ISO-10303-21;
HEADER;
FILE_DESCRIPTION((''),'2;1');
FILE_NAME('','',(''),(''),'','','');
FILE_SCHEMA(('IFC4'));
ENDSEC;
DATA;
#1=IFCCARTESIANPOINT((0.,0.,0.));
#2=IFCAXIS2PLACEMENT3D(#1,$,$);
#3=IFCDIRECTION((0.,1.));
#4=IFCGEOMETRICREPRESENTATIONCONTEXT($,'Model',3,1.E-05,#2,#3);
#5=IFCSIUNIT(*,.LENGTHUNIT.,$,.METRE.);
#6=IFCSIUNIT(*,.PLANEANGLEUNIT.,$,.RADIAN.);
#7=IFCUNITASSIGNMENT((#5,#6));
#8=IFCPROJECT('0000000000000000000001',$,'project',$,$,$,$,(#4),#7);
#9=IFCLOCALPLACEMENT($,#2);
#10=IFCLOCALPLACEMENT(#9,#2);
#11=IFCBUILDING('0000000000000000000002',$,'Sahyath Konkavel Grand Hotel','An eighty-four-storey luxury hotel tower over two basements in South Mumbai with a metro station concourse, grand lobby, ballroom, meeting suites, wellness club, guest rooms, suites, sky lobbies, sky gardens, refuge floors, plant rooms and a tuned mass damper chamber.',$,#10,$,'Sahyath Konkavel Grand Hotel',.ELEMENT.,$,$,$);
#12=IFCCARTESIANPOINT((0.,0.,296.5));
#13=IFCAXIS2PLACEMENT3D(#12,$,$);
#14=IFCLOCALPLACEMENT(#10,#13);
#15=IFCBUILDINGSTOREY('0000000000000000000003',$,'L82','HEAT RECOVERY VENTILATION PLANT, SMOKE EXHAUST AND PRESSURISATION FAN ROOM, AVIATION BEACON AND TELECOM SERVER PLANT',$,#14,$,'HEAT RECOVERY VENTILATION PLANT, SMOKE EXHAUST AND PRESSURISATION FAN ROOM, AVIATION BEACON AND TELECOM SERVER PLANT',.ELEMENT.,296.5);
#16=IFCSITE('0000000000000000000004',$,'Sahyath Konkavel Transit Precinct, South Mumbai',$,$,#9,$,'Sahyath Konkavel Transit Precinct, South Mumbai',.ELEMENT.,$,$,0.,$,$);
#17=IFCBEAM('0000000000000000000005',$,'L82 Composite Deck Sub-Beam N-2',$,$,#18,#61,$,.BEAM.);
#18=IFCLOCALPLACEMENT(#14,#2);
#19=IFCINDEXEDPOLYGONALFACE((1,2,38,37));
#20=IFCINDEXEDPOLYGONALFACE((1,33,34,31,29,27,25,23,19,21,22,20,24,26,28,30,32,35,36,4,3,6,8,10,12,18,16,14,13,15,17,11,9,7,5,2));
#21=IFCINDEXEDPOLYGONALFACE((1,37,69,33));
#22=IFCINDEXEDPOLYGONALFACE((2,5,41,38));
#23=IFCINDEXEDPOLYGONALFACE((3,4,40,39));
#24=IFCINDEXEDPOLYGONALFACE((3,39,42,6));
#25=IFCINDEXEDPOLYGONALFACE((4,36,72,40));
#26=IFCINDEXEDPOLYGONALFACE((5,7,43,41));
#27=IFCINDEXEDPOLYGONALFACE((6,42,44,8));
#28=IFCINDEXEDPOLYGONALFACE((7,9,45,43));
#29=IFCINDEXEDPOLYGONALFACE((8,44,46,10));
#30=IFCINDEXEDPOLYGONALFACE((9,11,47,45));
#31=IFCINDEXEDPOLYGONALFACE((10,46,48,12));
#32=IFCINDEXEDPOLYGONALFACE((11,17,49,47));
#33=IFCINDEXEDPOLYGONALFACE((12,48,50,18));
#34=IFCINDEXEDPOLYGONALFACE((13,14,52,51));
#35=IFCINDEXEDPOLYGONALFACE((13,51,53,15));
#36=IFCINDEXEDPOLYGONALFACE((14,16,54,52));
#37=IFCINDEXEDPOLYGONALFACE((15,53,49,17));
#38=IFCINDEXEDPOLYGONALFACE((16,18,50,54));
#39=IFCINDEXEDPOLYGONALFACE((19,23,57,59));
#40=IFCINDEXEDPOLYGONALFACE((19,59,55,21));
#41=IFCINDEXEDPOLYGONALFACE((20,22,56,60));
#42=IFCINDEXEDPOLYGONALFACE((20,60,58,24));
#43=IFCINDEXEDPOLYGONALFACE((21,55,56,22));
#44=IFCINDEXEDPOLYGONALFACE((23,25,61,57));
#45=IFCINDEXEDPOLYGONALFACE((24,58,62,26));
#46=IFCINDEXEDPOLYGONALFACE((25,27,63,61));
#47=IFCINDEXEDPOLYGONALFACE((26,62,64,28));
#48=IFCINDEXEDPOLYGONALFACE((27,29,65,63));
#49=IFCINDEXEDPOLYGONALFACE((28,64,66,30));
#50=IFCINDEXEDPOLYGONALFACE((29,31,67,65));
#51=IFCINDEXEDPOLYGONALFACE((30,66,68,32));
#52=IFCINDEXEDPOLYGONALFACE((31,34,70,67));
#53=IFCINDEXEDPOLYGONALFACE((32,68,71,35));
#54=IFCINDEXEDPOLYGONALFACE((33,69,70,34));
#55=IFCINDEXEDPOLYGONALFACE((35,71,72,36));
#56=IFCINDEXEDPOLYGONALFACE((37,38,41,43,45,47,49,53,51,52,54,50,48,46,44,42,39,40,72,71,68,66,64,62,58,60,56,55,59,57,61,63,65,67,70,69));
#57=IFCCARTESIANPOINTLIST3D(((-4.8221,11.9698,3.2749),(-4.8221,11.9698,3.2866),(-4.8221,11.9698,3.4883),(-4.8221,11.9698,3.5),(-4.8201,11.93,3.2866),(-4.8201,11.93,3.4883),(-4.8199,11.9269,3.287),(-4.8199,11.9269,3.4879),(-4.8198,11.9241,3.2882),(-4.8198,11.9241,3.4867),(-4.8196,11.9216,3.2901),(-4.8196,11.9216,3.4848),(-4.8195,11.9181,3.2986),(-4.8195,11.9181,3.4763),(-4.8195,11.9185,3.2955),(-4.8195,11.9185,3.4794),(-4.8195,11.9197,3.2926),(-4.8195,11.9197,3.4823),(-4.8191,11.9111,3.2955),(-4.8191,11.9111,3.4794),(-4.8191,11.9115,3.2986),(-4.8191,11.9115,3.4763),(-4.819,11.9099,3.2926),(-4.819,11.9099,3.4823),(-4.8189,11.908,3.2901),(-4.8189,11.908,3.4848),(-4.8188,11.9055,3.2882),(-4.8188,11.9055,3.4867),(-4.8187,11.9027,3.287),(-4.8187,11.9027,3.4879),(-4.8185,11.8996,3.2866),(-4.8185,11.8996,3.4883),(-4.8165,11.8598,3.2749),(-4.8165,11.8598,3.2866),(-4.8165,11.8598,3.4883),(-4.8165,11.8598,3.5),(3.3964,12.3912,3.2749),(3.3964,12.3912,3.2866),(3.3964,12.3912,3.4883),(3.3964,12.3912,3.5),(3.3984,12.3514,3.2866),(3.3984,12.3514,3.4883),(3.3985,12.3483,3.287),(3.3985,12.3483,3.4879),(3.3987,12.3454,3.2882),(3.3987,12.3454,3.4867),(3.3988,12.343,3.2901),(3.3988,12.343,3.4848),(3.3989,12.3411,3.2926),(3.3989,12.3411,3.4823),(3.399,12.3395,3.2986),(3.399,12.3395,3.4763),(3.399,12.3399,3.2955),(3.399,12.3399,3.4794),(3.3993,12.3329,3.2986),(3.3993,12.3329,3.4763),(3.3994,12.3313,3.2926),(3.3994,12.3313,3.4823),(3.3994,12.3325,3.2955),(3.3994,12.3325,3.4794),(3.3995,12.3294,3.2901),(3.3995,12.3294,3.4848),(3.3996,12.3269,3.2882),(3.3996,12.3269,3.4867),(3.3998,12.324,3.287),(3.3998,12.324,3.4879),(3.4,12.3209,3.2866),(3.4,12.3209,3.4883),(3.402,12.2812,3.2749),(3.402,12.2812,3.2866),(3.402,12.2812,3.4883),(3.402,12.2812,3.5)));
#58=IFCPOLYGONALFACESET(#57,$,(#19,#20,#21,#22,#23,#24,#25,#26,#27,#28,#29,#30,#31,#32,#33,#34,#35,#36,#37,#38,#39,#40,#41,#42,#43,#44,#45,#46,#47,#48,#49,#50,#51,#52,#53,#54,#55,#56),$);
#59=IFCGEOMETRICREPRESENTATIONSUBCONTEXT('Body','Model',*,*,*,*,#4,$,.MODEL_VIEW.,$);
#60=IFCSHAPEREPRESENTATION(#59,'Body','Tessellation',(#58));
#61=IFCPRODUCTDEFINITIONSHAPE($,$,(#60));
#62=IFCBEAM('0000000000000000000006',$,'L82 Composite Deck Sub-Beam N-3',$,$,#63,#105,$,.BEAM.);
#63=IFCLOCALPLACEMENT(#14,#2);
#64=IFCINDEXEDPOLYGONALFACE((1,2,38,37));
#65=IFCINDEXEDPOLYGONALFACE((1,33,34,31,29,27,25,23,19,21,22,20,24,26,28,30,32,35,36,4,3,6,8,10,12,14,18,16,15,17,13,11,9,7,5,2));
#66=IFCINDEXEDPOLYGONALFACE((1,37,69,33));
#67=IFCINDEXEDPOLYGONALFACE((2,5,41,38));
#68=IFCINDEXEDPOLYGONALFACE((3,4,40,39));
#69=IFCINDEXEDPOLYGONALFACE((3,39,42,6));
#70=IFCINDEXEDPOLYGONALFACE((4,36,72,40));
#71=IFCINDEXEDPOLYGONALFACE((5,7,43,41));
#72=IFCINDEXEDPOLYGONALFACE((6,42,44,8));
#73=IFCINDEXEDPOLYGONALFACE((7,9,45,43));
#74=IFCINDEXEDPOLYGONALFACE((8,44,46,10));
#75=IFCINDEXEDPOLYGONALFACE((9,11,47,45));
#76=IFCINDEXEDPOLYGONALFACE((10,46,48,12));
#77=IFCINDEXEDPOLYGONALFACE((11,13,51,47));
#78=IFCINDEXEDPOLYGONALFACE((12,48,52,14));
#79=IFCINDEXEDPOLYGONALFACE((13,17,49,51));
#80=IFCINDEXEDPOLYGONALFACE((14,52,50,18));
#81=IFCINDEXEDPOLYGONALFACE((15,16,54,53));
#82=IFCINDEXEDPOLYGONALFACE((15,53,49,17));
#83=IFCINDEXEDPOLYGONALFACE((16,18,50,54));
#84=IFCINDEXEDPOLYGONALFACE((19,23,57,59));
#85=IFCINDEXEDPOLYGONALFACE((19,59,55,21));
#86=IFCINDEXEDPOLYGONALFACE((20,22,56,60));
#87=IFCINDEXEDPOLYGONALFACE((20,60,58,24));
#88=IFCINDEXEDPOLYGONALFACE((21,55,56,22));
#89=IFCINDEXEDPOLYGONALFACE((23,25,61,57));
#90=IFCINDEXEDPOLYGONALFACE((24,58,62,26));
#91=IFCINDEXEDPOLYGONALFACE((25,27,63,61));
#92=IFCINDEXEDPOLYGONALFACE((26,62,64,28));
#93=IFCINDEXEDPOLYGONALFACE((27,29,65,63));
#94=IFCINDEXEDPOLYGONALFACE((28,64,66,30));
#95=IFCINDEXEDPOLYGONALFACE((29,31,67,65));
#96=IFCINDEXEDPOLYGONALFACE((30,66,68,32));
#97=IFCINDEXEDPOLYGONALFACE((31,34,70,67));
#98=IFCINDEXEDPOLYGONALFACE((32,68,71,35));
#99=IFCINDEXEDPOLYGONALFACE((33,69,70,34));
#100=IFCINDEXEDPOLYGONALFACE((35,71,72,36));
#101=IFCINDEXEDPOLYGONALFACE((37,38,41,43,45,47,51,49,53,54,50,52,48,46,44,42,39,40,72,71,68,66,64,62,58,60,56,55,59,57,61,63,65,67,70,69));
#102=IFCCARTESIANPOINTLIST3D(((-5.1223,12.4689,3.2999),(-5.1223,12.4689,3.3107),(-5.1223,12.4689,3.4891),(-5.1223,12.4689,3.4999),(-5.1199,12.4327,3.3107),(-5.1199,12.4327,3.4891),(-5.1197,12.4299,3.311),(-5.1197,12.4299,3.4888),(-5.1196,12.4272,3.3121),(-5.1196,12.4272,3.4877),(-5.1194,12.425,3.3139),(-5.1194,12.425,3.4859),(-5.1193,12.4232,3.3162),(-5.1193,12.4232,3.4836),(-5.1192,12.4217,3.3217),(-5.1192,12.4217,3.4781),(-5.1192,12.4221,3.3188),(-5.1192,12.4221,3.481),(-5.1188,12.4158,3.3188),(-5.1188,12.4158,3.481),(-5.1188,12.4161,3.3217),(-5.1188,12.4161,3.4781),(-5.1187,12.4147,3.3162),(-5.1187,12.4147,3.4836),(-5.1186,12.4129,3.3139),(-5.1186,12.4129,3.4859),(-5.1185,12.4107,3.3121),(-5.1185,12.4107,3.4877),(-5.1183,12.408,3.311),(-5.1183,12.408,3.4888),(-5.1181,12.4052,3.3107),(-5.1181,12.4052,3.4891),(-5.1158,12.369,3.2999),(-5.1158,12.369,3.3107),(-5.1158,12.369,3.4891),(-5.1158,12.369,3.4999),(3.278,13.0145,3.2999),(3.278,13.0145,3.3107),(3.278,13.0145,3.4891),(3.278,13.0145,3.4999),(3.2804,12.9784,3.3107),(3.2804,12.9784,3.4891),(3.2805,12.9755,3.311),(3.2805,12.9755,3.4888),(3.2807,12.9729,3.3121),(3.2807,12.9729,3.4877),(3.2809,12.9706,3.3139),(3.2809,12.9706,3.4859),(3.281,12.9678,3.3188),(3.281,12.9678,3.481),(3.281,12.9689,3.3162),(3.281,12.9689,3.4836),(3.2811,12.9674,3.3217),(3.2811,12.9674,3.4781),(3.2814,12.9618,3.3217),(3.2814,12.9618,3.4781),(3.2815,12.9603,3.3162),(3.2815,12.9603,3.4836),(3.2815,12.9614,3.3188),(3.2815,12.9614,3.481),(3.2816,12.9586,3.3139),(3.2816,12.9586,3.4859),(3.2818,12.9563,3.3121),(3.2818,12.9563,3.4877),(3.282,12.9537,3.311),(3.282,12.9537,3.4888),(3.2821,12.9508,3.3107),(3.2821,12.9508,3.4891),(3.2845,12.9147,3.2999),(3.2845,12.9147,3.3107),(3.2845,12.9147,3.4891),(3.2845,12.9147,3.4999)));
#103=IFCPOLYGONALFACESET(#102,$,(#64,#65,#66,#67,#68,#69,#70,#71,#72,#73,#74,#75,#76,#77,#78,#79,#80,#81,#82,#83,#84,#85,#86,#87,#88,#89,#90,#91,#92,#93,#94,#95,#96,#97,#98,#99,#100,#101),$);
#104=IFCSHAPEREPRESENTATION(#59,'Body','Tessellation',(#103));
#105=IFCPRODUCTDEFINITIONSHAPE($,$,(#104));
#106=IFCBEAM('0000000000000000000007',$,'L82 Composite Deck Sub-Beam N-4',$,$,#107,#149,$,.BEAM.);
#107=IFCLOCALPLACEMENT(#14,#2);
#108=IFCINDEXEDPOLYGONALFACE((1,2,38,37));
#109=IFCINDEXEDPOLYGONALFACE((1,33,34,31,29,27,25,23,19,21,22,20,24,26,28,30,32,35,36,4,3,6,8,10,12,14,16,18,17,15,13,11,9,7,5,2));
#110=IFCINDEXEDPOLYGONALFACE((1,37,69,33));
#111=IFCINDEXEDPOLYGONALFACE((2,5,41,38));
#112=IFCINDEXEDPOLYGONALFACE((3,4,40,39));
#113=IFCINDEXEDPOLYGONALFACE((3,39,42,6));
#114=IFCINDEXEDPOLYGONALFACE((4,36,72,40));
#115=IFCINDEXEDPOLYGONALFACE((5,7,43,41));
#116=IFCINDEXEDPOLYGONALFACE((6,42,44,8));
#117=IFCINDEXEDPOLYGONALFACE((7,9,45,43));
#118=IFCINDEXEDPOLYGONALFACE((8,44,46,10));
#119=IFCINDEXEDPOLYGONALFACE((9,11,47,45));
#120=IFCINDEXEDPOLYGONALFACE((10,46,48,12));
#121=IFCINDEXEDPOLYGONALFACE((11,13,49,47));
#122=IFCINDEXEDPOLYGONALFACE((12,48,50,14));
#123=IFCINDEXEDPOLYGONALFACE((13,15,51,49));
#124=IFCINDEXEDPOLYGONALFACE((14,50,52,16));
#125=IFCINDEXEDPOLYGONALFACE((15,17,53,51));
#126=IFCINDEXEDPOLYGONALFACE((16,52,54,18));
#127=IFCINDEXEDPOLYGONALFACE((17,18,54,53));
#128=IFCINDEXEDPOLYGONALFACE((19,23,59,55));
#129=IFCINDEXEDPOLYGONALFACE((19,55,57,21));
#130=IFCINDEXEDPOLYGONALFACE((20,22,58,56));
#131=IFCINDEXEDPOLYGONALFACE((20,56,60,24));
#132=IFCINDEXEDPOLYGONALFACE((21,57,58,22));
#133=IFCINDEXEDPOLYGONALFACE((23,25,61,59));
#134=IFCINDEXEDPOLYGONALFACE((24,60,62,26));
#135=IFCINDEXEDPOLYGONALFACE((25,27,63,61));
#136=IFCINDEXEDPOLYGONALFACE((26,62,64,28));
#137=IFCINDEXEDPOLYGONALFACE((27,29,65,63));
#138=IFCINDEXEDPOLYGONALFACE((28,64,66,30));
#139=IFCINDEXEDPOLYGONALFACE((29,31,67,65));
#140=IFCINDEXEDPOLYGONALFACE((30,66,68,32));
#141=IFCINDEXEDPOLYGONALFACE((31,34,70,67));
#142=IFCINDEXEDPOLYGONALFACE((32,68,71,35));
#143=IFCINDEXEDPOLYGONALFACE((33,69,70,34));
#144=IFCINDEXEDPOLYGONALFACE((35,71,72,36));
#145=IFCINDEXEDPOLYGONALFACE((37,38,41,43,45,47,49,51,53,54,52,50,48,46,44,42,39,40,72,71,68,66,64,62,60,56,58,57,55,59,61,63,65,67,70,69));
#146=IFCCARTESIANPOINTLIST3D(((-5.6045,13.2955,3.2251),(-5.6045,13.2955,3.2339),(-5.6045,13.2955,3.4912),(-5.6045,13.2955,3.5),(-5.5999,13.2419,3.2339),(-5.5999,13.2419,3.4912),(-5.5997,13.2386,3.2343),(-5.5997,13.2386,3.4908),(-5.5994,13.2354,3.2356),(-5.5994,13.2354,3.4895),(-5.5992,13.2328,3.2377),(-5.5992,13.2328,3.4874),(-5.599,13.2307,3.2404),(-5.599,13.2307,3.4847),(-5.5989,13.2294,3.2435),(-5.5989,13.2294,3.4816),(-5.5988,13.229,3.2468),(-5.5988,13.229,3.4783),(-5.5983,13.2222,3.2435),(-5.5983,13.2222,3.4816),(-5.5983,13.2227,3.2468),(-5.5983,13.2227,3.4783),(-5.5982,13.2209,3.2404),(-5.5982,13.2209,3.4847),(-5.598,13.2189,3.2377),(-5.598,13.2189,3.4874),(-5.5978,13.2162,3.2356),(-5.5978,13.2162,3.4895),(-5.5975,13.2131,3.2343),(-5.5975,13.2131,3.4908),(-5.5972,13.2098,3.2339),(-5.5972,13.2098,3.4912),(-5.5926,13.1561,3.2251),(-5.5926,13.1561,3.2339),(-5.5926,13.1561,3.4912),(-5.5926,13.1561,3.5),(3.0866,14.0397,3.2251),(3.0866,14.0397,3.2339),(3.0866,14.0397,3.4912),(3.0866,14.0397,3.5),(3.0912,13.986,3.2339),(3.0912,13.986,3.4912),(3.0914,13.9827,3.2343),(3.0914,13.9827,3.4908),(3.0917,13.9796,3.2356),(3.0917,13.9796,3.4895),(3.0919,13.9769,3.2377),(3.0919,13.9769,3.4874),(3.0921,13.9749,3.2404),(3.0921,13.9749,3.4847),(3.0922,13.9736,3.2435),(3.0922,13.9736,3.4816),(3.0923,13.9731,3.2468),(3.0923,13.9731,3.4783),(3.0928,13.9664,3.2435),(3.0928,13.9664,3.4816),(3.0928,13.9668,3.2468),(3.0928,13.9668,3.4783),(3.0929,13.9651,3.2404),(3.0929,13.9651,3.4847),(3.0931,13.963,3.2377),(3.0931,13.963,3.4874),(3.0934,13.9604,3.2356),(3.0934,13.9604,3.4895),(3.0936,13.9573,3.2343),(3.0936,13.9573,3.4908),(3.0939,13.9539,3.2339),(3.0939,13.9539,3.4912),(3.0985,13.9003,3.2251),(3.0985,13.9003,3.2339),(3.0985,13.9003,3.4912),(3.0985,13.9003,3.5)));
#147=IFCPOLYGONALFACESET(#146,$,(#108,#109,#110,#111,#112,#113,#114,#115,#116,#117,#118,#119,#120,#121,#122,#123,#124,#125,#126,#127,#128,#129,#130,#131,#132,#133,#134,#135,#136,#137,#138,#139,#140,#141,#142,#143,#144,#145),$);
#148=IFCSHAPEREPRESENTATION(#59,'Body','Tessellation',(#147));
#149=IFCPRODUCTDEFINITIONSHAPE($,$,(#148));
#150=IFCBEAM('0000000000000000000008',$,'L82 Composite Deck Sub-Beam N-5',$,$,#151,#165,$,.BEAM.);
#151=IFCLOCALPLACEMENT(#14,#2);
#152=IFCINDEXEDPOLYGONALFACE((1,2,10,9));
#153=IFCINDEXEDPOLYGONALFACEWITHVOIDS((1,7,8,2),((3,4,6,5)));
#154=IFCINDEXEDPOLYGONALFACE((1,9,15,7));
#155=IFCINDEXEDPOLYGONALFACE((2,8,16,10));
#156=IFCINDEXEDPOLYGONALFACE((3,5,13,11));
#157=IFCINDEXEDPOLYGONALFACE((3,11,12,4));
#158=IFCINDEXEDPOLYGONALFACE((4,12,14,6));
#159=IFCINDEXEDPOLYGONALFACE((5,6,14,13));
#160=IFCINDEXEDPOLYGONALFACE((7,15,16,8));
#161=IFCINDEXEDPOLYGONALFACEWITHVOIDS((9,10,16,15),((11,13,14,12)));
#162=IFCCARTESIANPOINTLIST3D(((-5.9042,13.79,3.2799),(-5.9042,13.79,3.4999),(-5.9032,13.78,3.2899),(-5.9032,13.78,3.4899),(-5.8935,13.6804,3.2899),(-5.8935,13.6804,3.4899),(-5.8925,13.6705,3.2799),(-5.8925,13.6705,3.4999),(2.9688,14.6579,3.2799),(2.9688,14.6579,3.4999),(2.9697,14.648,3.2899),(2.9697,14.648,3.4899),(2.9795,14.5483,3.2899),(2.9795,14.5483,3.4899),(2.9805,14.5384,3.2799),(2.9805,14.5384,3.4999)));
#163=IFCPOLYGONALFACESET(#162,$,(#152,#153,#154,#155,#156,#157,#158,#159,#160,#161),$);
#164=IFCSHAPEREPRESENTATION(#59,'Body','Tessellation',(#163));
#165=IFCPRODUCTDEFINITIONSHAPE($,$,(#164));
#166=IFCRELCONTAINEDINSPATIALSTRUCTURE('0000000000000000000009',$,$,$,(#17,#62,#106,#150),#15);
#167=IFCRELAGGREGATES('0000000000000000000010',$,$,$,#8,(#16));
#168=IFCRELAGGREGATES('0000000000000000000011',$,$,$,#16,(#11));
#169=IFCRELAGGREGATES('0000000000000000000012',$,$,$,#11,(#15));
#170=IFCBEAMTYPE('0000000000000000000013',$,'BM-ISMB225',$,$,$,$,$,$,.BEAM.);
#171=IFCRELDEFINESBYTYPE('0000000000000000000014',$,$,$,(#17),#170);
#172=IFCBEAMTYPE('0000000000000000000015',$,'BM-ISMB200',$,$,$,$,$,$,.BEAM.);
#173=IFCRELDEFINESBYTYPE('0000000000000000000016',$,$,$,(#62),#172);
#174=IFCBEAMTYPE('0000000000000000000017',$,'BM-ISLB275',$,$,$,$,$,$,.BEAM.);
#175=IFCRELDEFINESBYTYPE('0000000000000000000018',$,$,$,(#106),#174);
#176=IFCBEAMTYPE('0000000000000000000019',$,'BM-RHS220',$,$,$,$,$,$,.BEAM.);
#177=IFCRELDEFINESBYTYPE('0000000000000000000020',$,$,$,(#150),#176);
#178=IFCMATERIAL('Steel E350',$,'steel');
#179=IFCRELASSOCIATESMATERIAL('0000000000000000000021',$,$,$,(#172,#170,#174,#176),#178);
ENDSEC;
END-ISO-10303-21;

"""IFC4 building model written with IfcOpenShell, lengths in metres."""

from ifc_helpers import new_model, si_unit, direction, frame, origin, origin_2d, place, context, subcontext, project, spatial, hollow_rectangle, i_section, extrude, source, transform, mapped, material, material_profile, profile_set, type_object, element, save


model = new_model("IFC4")

# Units and contexts
model_context = context("Model", 3, precision=1e-05, world=origin(), true_north=direction((0.0, 1.0)))
body_context = subcontext(model_context, "Body", "Model", "MODEL_VIEW")
ifc_project = project(units=[si_unit("LENGTHUNIT", "METRE"), si_unit("PLANEANGLEUNIT", "RADIAN")], contexts=[model_context])

# Site, building, storey
site_placement = place(None, origin())
site = spatial("IfcSite", under=ifc_project, at=site_placement, Name="Sahyath Konkavel Transit Precinct, South Mumbai", LongName="Sahyath Konkavel Transit Precinct, South Mumbai", CompositionType="ELEMENT", RefElevation=0.0)
building_placement = place(site_placement, origin())
building = spatial("IfcBuilding", under=site, at=building_placement, Name="Sahyath Konkavel Grand Hotel", Description="An eighty-four-storey luxury hotel tower over two basements in South Mumbai with a metro station concourse, grand lobby, ballroom, meeting suites, wellness club, guest rooms, suites, sky lobbies, sky gardens, refuge floors, plant rooms and a tuned mass damper chamber.", LongName="Sahyath Konkavel Grand Hotel", CompositionType="ELEMENT")
storey_placement = place(building_placement, frame((0.0, 0.0, 296.5)))
storey = spatial("IfcBuildingStorey", under=building, at=storey_placement, Name="L82", Description="HEAT RECOVERY VENTILATION PLANT, SMOKE EXHAUST AND PRESSURISATION FAN ROOM, AVIATION BEACON AND TELECOM SERVER PLANT", LongName="HEAT RECOVERY VENTILATION PLANT, SMOKE EXHAUST AND PRESSURISATION FAN ROOM, AVIATION BEACON AND TELECOM SERVER PLANT", CompositionType="ELEMENT", Elevation=296.5)

# Beams
ifc_material_1 = material(Name="Steel E350", Category="steel")
ifc_material_profile_1 = material_profile(ifc_material_1, i_section(OverallWidth=0.1001, OverallDepth=0.2, WebThickness=0.0056, FlangeThickness=0.0107, FilletRadius=0.011, at=origin_2d()), Name="ISMB 200")
ifc_profile_set_1 = profile_set([ifc_material_profile_1], Name="Steel E350")
beam_type_1 = type_object("IfcBeamType", Name="BM-ISMB200", PredefinedType="BEAM", material=ifc_profile_set_1)
ifc_material_profile_2 = material_profile(ifc_material_1, i_section(OverallWidth=0.1101, OverallDepth=0.2251, WebThickness=0.0066, FlangeThickness=0.0117, FilletRadius=0.012, at=origin_2d()), Name="ISMB 225")
ifc_profile_set_2 = profile_set([ifc_material_profile_2], Name="Steel E350")
beam_type_2 = type_object("IfcBeamType", Name="BM-ISMB225", PredefinedType="BEAM", material=ifc_profile_set_2)
shared_shape_1 = source(origin(), body_context, "Body", "SweptSolid", [
    extrude(i_section(OverallWidth=0.1101, OverallDepth=0.2251, WebThickness=0.0066, FlangeThickness=0.0117, FilletRadius=0.012, at=origin_2d()), origin(), (0.0, 0.0, 1.0), 8.2292),
])
beam_1_placement = place(storey_placement, frame((3.3992, 12.3362, 3.3875), z_axis=(-0.998688, -0.051206, 0.0), x_axis=(0.051206, -0.998688, 0.0)))
element("IfcBeam", 1, at=beam_1_placement, inside=storey, type_object=beam_type_2, Name="L82 Composite Deck Sub-Beam N-2", PredefinedType="BEAM", context=body_context, shape_type="MappedRepresentation", body=[
    mapped(shared_shape_1, transform((0.0, 0.0, 0.0), scale=1.0)),
])
shared_shape_2 = source(origin(), body_context, "Body", "SweptSolid", [
    extrude(i_section(OverallWidth=0.1001, OverallDepth=0.2, WebThickness=0.0056, FlangeThickness=0.0107, FilletRadius=0.011, at=origin_2d()), origin(), (0.0, 0.0, 1.0), 8.418),
])
beam_2_placement = place(storey_placement, frame((3.2812, 12.9646, 3.3999), z_axis=(-0.997897, -0.064821, 0.0), x_axis=(0.064821, -0.997897, 0.0)))
element("IfcBeam", 2, at=beam_2_placement, inside=storey, type_object=beam_type_1, Name="L82 Composite Deck Sub-Beam N-3", PredefinedType="BEAM", context=body_context, shape_type="MappedRepresentation", body=[
    mapped(shared_shape_2, transform((0.0, 0.0, 0.0), scale=1.0)),
])
ifc_material_profile_3 = material_profile(ifc_material_1, i_section(OverallWidth=0.1399, OverallDepth=0.2749, WebThickness=0.0063, FlangeThickness=0.0088, FilletRadius=0.0129, at=origin_2d()), Name="ISLB 275")
ifc_profile_set_3 = profile_set([ifc_material_profile_3], Name="Steel E350")
beam_type_3 = type_object("IfcBeamType", Name="BM-ISLB275", PredefinedType="BEAM", material=ifc_profile_set_3)
shared_shape_3 = source(origin(), body_context, "Body", "SweptSolid", [
    extrude(i_section(OverallWidth=0.1399, OverallDepth=0.2749, WebThickness=0.0063, FlangeThickness=0.0088, FilletRadius=0.0129, at=origin_2d()), origin(), (0.0, 0.0, 1.0), 8.7229),
])
beam_3_placement = place(storey_placement, frame((3.0925, 13.97, 3.3625), z_axis=(-0.996355, -0.085308, 0.0), x_axis=(0.085308, -0.996355, 0.0)))
element("IfcBeam", 3, at=beam_3_placement, inside=storey, type_object=beam_type_3, Name="L82 Composite Deck Sub-Beam N-4", PredefinedType="BEAM", context=body_context, shape_type="MappedRepresentation", body=[
    mapped(shared_shape_3, transform((0.0, 0.0, 0.0), scale=1.0)),
])
ifc_material_profile_4 = material_profile(ifc_material_1, hollow_rectangle(XDim=0.1201, YDim=0.22, WallThickness=0.01, at=origin_2d()), Name="RHS 220x120x10")
ifc_profile_set_4 = profile_set([ifc_material_profile_4], Name="Steel E350")
beam_type_4 = type_object("IfcBeamType", Name="BM-RHS220", PredefinedType="BEAM", material=ifc_profile_set_4)
shared_shape_4 = source(origin(), body_context, "Body", "SweptSolid", [
    extrude(hollow_rectangle(XDim=0.1201, YDim=0.22, WallThickness=0.01, at=origin_2d()), origin(), (0.0, 0.0, 1.0), 8.9153),
])
beam_4_placement = place(storey_placement, frame((2.9746, 14.5981, 3.3899), z_axis=(-0.99525, -0.097351, 0.0), x_axis=(0.097351, -0.99525, 0.0)))
element("IfcBeam", 4, at=beam_4_placement, inside=storey, type_object=beam_type_4, Name="L82 Composite Deck Sub-Beam N-5", PredefinedType="BEAM", context=body_context, shape_type="MappedRepresentation", body=[
    mapped(shared_shape_4, transform((0.0, 0.0, 0.0), scale=1.0)),
])

save(model, "model.ifc")
